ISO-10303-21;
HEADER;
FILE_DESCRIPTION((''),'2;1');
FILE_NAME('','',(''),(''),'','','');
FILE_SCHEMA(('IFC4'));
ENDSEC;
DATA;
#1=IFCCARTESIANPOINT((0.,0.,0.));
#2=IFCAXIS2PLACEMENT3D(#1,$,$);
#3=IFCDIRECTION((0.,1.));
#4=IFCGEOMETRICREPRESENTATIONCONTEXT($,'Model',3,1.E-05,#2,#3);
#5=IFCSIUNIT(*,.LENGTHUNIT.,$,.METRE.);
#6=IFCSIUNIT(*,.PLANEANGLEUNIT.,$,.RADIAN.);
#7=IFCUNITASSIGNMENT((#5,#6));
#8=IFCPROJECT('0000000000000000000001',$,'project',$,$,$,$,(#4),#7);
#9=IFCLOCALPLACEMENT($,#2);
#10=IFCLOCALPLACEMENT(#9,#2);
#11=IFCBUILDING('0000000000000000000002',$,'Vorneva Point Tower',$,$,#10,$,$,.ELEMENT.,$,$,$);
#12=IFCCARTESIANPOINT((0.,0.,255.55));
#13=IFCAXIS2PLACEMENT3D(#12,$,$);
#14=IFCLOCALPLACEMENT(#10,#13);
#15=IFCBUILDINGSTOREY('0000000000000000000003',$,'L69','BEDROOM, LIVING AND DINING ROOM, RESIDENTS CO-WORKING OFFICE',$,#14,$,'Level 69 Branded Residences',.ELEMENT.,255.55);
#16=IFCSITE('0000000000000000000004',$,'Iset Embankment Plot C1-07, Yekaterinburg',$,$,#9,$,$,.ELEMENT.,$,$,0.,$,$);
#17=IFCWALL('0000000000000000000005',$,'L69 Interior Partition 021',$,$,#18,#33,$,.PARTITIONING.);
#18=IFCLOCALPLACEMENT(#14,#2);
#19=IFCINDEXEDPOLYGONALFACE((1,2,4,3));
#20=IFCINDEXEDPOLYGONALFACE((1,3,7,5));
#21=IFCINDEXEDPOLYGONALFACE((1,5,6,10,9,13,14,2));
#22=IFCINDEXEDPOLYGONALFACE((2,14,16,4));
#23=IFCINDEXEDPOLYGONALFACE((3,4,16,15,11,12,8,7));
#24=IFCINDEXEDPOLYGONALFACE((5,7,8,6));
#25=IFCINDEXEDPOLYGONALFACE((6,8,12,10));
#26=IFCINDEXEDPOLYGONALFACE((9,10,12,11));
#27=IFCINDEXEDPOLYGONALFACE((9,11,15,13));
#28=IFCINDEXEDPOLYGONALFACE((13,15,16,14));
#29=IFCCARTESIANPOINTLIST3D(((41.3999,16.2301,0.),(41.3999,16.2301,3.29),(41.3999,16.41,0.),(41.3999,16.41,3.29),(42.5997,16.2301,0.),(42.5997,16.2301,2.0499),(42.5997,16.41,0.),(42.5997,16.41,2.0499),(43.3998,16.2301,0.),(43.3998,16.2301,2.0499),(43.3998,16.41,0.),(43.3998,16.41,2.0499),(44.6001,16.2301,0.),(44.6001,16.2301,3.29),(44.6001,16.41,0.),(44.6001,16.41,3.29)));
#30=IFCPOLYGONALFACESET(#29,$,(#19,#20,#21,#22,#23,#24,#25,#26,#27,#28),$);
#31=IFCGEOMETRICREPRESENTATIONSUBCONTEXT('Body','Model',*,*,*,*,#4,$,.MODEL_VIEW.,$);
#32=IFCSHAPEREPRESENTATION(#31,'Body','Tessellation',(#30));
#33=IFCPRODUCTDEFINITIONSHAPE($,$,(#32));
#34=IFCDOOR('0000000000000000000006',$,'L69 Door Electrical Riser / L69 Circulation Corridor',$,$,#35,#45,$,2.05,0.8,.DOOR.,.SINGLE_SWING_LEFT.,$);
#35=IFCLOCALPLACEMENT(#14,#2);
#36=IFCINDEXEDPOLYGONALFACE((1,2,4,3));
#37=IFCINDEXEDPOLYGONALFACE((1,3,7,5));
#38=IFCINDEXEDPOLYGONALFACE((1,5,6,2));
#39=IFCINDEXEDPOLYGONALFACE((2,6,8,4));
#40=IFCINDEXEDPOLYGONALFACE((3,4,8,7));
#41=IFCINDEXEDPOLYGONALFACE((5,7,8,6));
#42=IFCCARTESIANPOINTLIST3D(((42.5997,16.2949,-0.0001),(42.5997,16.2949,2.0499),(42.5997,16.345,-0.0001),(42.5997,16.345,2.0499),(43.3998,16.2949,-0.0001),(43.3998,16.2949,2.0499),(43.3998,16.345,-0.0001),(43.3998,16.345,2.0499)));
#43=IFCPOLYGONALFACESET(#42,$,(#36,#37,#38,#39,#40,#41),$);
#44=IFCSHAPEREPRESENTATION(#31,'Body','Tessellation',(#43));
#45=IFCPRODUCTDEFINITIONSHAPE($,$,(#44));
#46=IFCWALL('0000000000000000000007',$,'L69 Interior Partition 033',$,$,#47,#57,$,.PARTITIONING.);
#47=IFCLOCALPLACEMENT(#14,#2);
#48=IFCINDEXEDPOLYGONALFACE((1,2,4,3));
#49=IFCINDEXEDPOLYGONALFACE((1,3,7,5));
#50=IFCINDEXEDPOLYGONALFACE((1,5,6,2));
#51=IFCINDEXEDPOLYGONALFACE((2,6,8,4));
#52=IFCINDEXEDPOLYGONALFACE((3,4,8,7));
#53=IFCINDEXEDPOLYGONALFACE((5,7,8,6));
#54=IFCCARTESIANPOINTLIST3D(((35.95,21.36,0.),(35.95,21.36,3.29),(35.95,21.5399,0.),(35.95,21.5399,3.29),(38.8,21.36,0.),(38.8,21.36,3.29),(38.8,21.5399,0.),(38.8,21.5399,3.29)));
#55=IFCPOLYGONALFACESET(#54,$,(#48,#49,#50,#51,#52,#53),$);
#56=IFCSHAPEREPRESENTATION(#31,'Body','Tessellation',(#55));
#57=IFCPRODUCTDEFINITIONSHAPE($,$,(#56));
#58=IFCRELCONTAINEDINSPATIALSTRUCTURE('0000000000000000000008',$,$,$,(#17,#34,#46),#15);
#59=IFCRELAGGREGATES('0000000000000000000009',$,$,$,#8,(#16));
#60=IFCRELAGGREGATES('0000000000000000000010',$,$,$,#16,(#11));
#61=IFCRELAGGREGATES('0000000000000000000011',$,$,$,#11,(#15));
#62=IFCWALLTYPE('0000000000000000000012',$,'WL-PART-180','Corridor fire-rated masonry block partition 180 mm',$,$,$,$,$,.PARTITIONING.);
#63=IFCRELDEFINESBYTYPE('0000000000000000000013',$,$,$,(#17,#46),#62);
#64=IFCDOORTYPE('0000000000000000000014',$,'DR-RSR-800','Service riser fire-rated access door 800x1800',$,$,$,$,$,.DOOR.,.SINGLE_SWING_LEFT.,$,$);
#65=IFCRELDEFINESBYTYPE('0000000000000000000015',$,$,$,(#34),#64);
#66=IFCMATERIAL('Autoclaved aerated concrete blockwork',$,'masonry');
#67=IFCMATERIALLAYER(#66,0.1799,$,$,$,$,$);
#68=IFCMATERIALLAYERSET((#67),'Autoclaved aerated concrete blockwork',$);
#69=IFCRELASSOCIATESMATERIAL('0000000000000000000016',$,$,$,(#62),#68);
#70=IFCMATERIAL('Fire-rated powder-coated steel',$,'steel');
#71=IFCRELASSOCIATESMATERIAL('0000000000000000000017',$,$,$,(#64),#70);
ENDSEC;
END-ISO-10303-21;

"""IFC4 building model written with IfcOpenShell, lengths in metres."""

from ifc_helpers import new_model, si_unit, direction, frame, frame_2d, origin, place, context, subcontext, project, spatial, rectangle, extrude, material, layer, layer_set, type_object, element, fill, save


model = new_model("IFC4")

# Units and contexts
model_context = context("Model", 3, precision=1e-05, world=origin(), true_north=direction((0.0, 1.0)))
body_context = subcontext(model_context, "Body", "Model", "MODEL_VIEW")
ifc_project = project(units=[si_unit("LENGTHUNIT", "METRE"), si_unit("PLANEANGLEUNIT", "RADIAN")], contexts=[model_context])

# Site, building, storey
site_placement = place(None, origin())
site = spatial("IfcSite", under=ifc_project, at=site_placement, Name="Iset Embankment Plot C1-07, Yekaterinburg", CompositionType="ELEMENT", RefElevation=0.0)
building_placement = place(site_placement, origin())
building = spatial("IfcBuilding", under=site, at=building_placement, Name="Vorneva Point Tower", CompositionType="ELEMENT")
storey_placement = place(building_placement, frame((0.0, 0.0, 255.55)))
storey = spatial("IfcBuildingStorey", under=building, at=storey_placement, Name="L69", Description="BEDROOM, LIVING AND DINING ROOM, RESIDENTS CO-WORKING OFFICE", LongName="Level 69 Branded Residences", CompositionType="ELEMENT", Elevation=255.55)

# Shared definitions
ifc_material_1 = material(Name="Autoclaved aerated concrete blockwork", Category="masonry")
ifc_layer_1 = layer(ifc_material_1, 0.1799)
ifc_layer_set_1 = layer_set([ifc_layer_1], Name="Autoclaved aerated concrete blockwork")
wall_type_1 = type_object("IfcWallType", Name="WL-PART-180", Description="Corridor fire-rated masonry block partition 180 mm", PredefinedType="PARTITIONING", material=ifc_layer_set_1)

# Wall, opening, door
ifc_material_2 = material(Name="Fire-rated powder-coated steel", Category="steel")
door_type_1 = type_object("IfcDoorType", Name="DR-RSR-800", Description="Service riser fire-rated access door 800x1800", OperationType="SINGLE_SWING_LEFT", PredefinedType="DOOR", material=ifc_material_2)
wall_1_placement = place(storey_placement, frame((41.3999, 16.3201, 0.0), z_axis=(0.0, 0.0, 1.0), x_axis=(1.0, 0.0, 0.0)))
wall_1 = element("IfcWall", 1, at=wall_1_placement, inside=storey, type_object=wall_type_1, Name="L69 Interior Partition 021", PredefinedType="PARTITIONING", context=body_context, shape_type="SweptSolid", body=[
    extrude(rectangle(XDim=3.2002, YDim=0.1799, at=frame_2d((1.6001, 0.0))), origin(), (0.0, 0.0, 1.0), 3.29),
])
opening_1_placement = place(wall_1_placement, frame((1.2, 0.0, 0.0)))
opening_1 = element("IfcOpeningElement", 2, at=opening_1_placement, cuts=wall_1, PredefinedType="OPENING", context=body_context, shape_type="SweptSolid", body=[
    extrude(rectangle(XDim=0.8, YDim=2.05, at=frame_2d((0.3999, 1.0249))), frame((0.0, 0.105, 0.0), z_axis=(0.0, -1.0, 0.0), x_axis=(1.0, 0.0, 0.0)), (0.0, 0.0, 1.0), 0.2097),
])
door_1_placement = place(opening_1_placement, origin())
door_1 = element("IfcDoor", 3, at=door_1_placement, inside=storey, type_object=door_type_1, Name="L69 Door Electrical Riser / L69 Circulation Corridor", OperationType="SINGLE_SWING_LEFT", OverallHeight=2.05, OverallWidth=0.8, PredefinedType="DOOR", context=body_context, shape_type="SweptSolid", body=[
    extrude(rectangle(XDim=0.8, YDim=2.05, at=frame_2d((0.3999, 1.0249))), frame((0.0, 0.0249, 0.0), z_axis=(0.0, -1.0, 0.0), x_axis=(1.0, 0.0, 0.0)), (0.0, 0.0, 1.0), 0.05),
])
fill(opening_1, door_1)

# Wall
wall_2_placement = place(storey_placement, frame((38.8, 21.45, 0.0), z_axis=(0.0, 0.0, 1.0), x_axis=(-1.0, 0.0, 0.0)))
element("IfcWall", 4, at=wall_2_placement, inside=storey, type_object=wall_type_1, Name="L69 Interior Partition 033", PredefinedType="PARTITIONING", context=body_context, shape_type="SweptSolid", body=[
    extrude(rectangle(XDim=2.8501, YDim=0.1799, at=frame_2d((1.425, 0.0))), origin(), (0.0, 0.0, 1.0), 3.29),
])

save(model, "model.ifc")
